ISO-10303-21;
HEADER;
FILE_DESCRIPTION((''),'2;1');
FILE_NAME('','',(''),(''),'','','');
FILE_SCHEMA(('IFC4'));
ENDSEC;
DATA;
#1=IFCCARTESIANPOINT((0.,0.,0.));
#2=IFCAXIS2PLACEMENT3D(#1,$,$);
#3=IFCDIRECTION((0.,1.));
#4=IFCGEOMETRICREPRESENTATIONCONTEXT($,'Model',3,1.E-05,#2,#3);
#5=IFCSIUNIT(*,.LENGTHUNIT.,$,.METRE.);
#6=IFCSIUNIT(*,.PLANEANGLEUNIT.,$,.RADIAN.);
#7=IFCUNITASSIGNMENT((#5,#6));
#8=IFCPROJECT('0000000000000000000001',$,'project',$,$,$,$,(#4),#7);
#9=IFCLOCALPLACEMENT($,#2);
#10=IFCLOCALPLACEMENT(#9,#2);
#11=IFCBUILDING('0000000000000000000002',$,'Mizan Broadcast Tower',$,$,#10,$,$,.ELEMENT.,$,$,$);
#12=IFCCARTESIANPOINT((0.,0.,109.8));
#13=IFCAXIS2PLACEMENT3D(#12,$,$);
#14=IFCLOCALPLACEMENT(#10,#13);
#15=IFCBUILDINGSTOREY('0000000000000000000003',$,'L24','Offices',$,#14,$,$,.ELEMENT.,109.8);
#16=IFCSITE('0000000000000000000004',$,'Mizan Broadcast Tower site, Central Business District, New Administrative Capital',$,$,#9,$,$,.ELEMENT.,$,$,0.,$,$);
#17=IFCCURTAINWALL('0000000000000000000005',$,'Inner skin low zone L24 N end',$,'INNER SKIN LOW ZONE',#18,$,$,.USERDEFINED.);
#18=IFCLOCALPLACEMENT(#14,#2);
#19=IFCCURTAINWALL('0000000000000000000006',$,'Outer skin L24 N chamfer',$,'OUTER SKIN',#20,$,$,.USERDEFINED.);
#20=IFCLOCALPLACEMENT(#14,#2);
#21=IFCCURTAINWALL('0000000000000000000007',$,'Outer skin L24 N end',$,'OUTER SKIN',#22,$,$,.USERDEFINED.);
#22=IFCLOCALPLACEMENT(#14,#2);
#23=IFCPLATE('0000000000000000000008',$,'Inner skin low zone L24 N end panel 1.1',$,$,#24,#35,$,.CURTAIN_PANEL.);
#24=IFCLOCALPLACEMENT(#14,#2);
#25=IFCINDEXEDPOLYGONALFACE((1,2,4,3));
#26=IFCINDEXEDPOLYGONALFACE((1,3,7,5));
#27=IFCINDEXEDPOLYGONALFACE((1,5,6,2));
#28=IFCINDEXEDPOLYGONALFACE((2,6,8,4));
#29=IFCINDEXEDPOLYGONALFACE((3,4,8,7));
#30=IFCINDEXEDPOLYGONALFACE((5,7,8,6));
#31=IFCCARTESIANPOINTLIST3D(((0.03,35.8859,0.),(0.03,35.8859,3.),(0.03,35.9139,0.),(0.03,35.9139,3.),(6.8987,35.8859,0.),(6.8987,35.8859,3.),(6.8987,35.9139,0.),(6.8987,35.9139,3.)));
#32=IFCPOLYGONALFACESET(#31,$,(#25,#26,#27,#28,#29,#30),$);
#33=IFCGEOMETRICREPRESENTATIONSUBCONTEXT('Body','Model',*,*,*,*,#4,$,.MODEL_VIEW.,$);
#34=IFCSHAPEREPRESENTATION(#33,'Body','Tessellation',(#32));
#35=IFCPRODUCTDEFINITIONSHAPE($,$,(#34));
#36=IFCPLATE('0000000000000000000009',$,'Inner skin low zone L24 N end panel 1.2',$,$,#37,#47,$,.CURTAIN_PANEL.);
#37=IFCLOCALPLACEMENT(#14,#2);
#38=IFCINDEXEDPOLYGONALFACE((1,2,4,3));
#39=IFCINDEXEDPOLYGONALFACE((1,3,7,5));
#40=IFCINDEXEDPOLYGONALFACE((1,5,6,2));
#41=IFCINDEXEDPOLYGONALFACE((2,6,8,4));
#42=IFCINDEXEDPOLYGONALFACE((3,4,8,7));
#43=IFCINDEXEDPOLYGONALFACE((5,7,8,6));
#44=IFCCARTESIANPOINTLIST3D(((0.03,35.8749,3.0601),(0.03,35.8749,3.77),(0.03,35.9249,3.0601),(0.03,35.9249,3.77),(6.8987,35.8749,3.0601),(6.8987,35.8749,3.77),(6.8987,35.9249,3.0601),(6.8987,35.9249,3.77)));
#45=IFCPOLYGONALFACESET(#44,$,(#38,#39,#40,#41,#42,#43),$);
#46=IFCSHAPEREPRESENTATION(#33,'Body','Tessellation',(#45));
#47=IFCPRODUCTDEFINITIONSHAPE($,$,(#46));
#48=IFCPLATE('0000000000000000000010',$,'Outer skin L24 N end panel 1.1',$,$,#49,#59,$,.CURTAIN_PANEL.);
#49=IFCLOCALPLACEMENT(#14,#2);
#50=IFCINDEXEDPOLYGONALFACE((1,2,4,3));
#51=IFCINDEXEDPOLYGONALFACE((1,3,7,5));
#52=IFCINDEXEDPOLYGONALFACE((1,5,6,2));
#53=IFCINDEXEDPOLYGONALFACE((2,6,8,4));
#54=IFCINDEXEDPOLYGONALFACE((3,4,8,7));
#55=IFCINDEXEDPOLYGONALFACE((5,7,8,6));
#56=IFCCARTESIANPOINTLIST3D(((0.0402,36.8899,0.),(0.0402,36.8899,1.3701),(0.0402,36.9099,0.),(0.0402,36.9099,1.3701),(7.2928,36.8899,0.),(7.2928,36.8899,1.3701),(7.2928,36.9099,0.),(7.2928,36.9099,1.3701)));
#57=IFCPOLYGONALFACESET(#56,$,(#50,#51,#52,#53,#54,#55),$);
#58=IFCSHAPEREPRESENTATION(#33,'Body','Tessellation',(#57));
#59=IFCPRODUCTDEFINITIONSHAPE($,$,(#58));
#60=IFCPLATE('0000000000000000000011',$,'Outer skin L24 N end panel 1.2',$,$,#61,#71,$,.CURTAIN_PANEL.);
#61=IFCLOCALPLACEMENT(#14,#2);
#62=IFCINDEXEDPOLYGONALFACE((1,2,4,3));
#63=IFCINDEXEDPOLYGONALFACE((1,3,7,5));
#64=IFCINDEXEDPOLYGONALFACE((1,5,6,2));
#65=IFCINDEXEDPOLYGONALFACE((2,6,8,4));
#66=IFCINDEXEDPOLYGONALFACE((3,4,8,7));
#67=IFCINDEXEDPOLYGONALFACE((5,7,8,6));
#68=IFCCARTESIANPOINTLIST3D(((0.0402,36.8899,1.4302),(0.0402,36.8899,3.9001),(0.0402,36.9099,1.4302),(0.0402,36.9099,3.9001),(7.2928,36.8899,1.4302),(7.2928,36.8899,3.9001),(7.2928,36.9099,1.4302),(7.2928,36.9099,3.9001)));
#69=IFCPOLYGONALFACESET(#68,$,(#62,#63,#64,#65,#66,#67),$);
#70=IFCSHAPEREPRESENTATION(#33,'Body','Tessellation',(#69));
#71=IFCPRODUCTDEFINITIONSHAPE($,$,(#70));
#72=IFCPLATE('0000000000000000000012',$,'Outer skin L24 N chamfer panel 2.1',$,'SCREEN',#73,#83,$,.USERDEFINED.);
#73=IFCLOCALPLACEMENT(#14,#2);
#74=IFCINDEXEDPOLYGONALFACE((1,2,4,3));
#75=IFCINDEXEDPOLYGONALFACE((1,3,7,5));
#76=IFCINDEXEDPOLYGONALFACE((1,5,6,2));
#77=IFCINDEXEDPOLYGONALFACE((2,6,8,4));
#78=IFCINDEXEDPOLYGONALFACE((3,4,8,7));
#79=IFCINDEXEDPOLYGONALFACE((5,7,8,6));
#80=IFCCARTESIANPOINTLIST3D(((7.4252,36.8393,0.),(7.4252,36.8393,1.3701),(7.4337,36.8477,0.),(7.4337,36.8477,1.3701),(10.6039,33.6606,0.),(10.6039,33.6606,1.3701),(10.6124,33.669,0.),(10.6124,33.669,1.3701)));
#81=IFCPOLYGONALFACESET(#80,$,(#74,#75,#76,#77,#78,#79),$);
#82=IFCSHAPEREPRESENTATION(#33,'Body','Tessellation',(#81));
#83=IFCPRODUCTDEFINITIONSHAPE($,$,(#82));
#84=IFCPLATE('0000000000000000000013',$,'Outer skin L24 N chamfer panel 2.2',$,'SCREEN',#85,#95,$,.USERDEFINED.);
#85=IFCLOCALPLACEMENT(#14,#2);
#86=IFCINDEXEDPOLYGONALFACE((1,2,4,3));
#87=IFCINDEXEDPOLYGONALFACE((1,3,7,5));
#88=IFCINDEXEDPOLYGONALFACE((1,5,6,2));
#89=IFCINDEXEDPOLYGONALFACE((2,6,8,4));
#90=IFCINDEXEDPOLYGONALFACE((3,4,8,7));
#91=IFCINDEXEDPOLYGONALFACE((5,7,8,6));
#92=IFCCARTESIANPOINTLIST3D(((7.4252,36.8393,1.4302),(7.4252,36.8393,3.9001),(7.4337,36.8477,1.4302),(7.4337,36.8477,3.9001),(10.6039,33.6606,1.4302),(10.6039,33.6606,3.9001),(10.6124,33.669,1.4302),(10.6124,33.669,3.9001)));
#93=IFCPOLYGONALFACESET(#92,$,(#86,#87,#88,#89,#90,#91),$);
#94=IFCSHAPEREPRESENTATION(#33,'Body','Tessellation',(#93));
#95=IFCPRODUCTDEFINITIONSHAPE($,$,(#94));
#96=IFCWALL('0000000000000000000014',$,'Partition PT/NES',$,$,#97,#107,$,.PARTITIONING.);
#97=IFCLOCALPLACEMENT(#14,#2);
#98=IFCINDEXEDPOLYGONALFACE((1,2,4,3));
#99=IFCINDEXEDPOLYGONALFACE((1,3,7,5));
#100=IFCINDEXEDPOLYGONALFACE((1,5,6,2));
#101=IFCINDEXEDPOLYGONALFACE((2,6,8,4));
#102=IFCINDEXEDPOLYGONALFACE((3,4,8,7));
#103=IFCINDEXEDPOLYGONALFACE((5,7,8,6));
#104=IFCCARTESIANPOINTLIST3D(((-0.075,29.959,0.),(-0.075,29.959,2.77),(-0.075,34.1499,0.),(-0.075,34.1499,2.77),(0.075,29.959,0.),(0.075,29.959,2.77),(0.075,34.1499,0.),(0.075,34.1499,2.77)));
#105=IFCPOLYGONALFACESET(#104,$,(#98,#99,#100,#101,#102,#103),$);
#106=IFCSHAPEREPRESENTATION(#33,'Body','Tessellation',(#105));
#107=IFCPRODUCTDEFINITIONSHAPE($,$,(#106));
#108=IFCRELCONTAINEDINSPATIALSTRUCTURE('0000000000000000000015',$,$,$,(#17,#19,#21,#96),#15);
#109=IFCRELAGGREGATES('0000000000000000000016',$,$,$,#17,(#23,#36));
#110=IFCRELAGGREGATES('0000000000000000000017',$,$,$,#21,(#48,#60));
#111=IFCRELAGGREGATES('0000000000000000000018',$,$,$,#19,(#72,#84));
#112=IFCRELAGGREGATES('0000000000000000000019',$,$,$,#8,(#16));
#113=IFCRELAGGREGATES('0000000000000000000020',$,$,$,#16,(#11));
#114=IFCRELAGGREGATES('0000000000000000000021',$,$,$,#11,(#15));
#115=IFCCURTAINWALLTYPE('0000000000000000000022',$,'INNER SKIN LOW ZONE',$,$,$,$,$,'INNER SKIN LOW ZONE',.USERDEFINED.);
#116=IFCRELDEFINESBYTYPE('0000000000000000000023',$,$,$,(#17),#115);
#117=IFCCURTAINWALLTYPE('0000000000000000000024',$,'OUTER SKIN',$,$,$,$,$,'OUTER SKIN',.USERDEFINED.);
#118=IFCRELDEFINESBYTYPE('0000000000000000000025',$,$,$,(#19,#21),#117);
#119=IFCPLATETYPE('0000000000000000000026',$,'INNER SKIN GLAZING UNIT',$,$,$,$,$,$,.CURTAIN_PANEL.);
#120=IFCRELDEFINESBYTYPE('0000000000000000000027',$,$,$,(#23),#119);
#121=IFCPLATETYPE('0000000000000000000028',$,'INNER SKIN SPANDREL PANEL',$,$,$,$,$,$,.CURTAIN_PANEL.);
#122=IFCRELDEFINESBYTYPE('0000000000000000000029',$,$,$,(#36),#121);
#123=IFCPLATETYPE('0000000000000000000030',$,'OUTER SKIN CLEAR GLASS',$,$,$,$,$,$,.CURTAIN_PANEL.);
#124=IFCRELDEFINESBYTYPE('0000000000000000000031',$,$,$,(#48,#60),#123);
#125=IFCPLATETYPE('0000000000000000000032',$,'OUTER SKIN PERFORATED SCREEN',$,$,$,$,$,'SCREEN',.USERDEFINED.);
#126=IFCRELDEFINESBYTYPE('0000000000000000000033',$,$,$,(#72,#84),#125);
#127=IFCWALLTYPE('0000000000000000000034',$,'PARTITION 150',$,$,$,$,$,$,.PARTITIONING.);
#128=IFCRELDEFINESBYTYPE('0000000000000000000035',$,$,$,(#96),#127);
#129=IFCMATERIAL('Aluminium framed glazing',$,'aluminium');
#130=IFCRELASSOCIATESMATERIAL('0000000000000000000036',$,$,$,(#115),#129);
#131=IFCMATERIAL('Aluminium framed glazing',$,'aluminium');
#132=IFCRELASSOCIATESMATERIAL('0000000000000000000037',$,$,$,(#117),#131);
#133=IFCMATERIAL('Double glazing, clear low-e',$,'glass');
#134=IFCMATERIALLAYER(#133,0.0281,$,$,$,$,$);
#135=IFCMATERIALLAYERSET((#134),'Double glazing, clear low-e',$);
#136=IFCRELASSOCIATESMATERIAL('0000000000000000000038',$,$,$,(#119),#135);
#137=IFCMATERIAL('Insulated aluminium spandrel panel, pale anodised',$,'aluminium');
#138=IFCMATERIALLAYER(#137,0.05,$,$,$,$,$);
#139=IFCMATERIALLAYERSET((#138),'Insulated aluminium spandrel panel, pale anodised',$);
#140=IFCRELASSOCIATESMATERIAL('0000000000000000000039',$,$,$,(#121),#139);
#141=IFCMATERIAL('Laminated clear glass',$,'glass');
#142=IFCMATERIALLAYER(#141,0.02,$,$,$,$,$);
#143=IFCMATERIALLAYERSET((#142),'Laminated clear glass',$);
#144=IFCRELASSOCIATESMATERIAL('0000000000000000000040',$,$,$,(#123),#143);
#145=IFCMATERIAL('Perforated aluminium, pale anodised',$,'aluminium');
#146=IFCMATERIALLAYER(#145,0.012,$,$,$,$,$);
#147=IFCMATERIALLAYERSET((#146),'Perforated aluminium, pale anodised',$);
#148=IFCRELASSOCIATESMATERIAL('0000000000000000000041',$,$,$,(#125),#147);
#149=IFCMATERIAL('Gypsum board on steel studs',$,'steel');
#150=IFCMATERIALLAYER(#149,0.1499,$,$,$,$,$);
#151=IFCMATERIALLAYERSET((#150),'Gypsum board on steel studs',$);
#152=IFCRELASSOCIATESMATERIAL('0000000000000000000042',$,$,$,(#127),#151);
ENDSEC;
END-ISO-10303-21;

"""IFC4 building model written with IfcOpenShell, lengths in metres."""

from ifc_helpers import new_model, si_unit, direction, frame, frame_2d, origin, origin_2d, place, context, subcontext, project, spatial, rectangle, extrude, material, layer, layer_set, type_object, element, aggregate, save


model = new_model("IFC4")

# Units and contexts
model_context = context("Model", 3, precision=1e-05, world=origin(), true_north=direction((0.0, 1.0)))
body_context = subcontext(model_context, "Body", "Model", "MODEL_VIEW")
ifc_project = project(units=[si_unit("LENGTHUNIT", "METRE"), si_unit("PLANEANGLEUNIT", "RADIAN")], contexts=[model_context])

# Site, building, storey
site_placement = place(None, origin())
site = spatial("IfcSite", under=ifc_project, at=site_placement, Name="Mizan Broadcast Tower site, Central Business District, New Administrative Capital", CompositionType="ELEMENT", RefElevation=0.0)
building_placement = place(site_placement, origin())
building = spatial("IfcBuilding", under=site, at=building_placement, Name="Mizan Broadcast Tower", CompositionType="ELEMENT")
storey_placement = place(building_placement, frame((0.0, 0.0, 109.8)))
storey = spatial("IfcBuildingStorey", under=building, at=storey_placement, Name="L24", Description="Offices", CompositionType="ELEMENT", Elevation=109.8)

# Shared definitions
ifc_material_1 = material(Name="Aluminium framed glazing", Category="aluminium")
curtain_wall_type_1 = type_object("IfcCurtainWallType", Name="INNER SKIN LOW ZONE", ElementType="INNER SKIN LOW ZONE", PredefinedType="USERDEFINED", material=ifc_material_1)

# Curtain wall
curtain_wall_1_placement = place(storey_placement, origin())
curtain_wall_1 = element("IfcCurtainWall", 1, at=curtain_wall_1_placement, inside=storey, type_object=curtain_wall_type_1, Name="Inner skin low zone L24 N end", ObjectType="INNER SKIN LOW ZONE", PredefinedType="USERDEFINED")

# Curtain wall
ifc_material_2 = material(Name="Aluminium framed glazing", Category="aluminium")
curtain_wall_type_2 = type_object("IfcCurtainWallType", Name="OUTER SKIN", ElementType="OUTER SKIN", PredefinedType="USERDEFINED", material=ifc_material_2)
curtain_wall_2_placement = place(storey_placement, origin())
curtain_wall_2 = element("IfcCurtainWall", 2, at=curtain_wall_2_placement, inside=storey, type_object=curtain_wall_type_2, Name="Outer skin L24 N chamfer", ObjectType="OUTER SKIN", PredefinedType="USERDEFINED")

# Curtain wall
curtain_wall_3_placement = place(storey_placement, origin())
curtain_wall_3 = element("IfcCurtainWall", 3, at=curtain_wall_3_placement, inside=storey, type_object=curtain_wall_type_2, Name="Outer skin L24 N end", ObjectType="OUTER SKIN", PredefinedType="USERDEFINED")

# Plates
ifc_material_3 = material(Name="Double glazing, clear low-e", Category="glass")
ifc_layer_1 = layer(ifc_material_3, 0.0281)
ifc_layer_set_1 = layer_set([ifc_layer_1], Name="Double glazing, clear low-e")
plate_type_1 = type_object("IfcPlateType", Name="INNER SKIN GLAZING UNIT", PredefinedType="CURTAIN_PANEL", material=ifc_layer_set_1)
plate_1_placement = place(storey_placement, frame((3.4644, 35.8999, 0.0), z_axis=(0.0, 0.0, 1.0), x_axis=(-1.0, 0.0, 0.0)))
plate_1 = element("IfcPlate", 4, at=plate_1_placement, type_object=plate_type_1, Name="Inner skin low zone L24 N end panel 1.1", PredefinedType="CURTAIN_PANEL", context=body_context, shape_type="SweptSolid", body=[
    extrude(rectangle(XDim=6.8687, YDim=0.0281, at=origin_2d()), origin(), (0.0, 0.0, 1.0), 3.0),
])
ifc_material_4 = material(Name="Insulated aluminium spandrel panel, pale anodised", Category="aluminium")
ifc_layer_2 = layer(ifc_material_4, 0.05)
ifc_layer_set_2 = layer_set([ifc_layer_2], Name="Insulated aluminium spandrel panel, pale anodised")
plate_type_2 = type_object("IfcPlateType", Name="INNER SKIN SPANDREL PANEL", PredefinedType="CURTAIN_PANEL", material=ifc_layer_set_2)
plate_2_placement = place(storey_placement, frame((3.4644, 35.8999, 3.0601), z_axis=(0.0, 0.0, 1.0), x_axis=(-1.0, 0.0, 0.0)))
plate_2 = element("IfcPlate", 5, at=plate_2_placement, type_object=plate_type_2, Name="Inner skin low zone L24 N end panel 1.2", PredefinedType="CURTAIN_PANEL", context=body_context, shape_type="SweptSolid", body=[
    extrude(rectangle(XDim=6.8687, YDim=0.05, at=origin_2d()), origin(), (0.0, 0.0, 1.0), 0.71),
])
aggregate(curtain_wall_1, [plate_1, plate_2])
ifc_material_5 = material(Name="Laminated clear glass", Category="glass")
ifc_layer_3 = layer(ifc_material_5, 0.02)
ifc_layer_set_3 = layer_set([ifc_layer_3], Name="Laminated clear glass")
plate_type_3 = type_object("IfcPlateType", Name="OUTER SKIN CLEAR GLASS", PredefinedType="CURTAIN_PANEL", material=ifc_layer_set_3)
plate_3_placement = place(storey_placement, frame((3.6665, 36.8999, 0.0), z_axis=(0.0, 0.0, 1.0), x_axis=(-1.0, 0.0, 0.0)))
plate_3 = element("IfcPlate", 6, at=plate_3_placement, type_object=plate_type_3, Name="Outer skin L24 N end panel 1.1", PredefinedType="CURTAIN_PANEL", context=body_context, shape_type="SweptSolid", body=[
    extrude(rectangle(XDim=7.2527, YDim=0.02, at=origin_2d()), origin(), (0.0, 0.0, 1.0), 1.3701),
])
plate_4_placement = place(storey_placement, frame((3.6665, 36.8999, 1.4302), z_axis=(0.0, 0.0, 1.0), x_axis=(-1.0, 0.0, 0.0)))
plate_4 = element("IfcPlate", 7, at=plate_4_placement, type_object=plate_type_3, Name="Outer skin L24 N end panel 1.2", PredefinedType="CURTAIN_PANEL", context=body_context, shape_type="SweptSolid", body=[
    extrude(rectangle(XDim=7.2527, YDim=0.02, at=origin_2d()), origin(), (0.0, 0.0, 1.0), 2.47),
])
aggregate(curtain_wall_3, [plate_3, plate_4])
ifc_material_6 = material(Name="Perforated aluminium, pale anodised", Category="aluminium")
ifc_layer_4 = layer(ifc_material_6, 0.012)
ifc_layer_set_4 = layer_set([ifc_layer_4], Name="Perforated aluminium, pale anodised")
plate_type_4 = type_object("IfcPlateType", Name="OUTER SKIN PERFORATED SCREEN", ElementType="SCREEN", PredefinedType="USERDEFINED", material=ifc_layer_set_4)
plate_5_placement = place(storey_placement, frame((9.0188, 35.2542, 0.0), z_axis=(0.0, 0.0, 1.0), x_axis=(-0.707107, 0.707107, 0.0)))
plate_5 = element("IfcPlate", 8, at=plate_5_placement, type_object=plate_type_4, Name="Outer skin L24 N chamfer panel 2.1", ObjectType="SCREEN", PredefinedType="USERDEFINED", context=body_context, shape_type="SweptSolid", body=[
    extrude(rectangle(XDim=4.4954, YDim=0.012, at=origin_2d()), origin(), (0.0, 0.0, 1.0), 1.3701),
])
plate_6_placement = place(storey_placement, frame((9.0188, 35.2542, 1.4302), z_axis=(0.0, 0.0, 1.0), x_axis=(-0.707107, 0.707107, 0.0)))
plate_6 = element("IfcPlate", 9, at=plate_6_placement, type_object=plate_type_4, Name="Outer skin L24 N chamfer panel 2.2", ObjectType="SCREEN", PredefinedType="USERDEFINED", context=body_context, shape_type="SweptSolid", body=[
    extrude(rectangle(XDim=4.4954, YDim=0.012, at=origin_2d()), origin(), (0.0, 0.0, 1.0), 2.47),
])
aggregate(curtain_wall_2, [plate_5, plate_6])

# Wall
ifc_material_7 = material(Name="Gypsum board on steel studs", Category="steel")
ifc_layer_5 = layer(ifc_material_7, 0.1499)
ifc_layer_set_5 = layer_set([ifc_layer_5], Name="Gypsum board on steel studs")
wall_type = type_object("IfcWallType", Name="PARTITION 150", PredefinedType="PARTITIONING", material=ifc_layer_set_5)
wall_placement = place(storey_placement, frame((0.0, 29.959, 0.0), z_axis=(0.0, 0.0, 1.0), x_axis=(0.0, 1.0, 0.0)))
element("IfcWall", 10, at=wall_placement, inside=storey, type_object=wall_type, Name="Partition PT/NES", PredefinedType="PARTITIONING", context=body_context, shape_type="SweptSolid", body=[
    extrude(rectangle(XDim=4.1909, YDim=0.1499, at=frame_2d((2.0955, 0.0))), origin(), (0.0, 0.0, 1.0), 2.77),
])

save(model, "model.ifc")
